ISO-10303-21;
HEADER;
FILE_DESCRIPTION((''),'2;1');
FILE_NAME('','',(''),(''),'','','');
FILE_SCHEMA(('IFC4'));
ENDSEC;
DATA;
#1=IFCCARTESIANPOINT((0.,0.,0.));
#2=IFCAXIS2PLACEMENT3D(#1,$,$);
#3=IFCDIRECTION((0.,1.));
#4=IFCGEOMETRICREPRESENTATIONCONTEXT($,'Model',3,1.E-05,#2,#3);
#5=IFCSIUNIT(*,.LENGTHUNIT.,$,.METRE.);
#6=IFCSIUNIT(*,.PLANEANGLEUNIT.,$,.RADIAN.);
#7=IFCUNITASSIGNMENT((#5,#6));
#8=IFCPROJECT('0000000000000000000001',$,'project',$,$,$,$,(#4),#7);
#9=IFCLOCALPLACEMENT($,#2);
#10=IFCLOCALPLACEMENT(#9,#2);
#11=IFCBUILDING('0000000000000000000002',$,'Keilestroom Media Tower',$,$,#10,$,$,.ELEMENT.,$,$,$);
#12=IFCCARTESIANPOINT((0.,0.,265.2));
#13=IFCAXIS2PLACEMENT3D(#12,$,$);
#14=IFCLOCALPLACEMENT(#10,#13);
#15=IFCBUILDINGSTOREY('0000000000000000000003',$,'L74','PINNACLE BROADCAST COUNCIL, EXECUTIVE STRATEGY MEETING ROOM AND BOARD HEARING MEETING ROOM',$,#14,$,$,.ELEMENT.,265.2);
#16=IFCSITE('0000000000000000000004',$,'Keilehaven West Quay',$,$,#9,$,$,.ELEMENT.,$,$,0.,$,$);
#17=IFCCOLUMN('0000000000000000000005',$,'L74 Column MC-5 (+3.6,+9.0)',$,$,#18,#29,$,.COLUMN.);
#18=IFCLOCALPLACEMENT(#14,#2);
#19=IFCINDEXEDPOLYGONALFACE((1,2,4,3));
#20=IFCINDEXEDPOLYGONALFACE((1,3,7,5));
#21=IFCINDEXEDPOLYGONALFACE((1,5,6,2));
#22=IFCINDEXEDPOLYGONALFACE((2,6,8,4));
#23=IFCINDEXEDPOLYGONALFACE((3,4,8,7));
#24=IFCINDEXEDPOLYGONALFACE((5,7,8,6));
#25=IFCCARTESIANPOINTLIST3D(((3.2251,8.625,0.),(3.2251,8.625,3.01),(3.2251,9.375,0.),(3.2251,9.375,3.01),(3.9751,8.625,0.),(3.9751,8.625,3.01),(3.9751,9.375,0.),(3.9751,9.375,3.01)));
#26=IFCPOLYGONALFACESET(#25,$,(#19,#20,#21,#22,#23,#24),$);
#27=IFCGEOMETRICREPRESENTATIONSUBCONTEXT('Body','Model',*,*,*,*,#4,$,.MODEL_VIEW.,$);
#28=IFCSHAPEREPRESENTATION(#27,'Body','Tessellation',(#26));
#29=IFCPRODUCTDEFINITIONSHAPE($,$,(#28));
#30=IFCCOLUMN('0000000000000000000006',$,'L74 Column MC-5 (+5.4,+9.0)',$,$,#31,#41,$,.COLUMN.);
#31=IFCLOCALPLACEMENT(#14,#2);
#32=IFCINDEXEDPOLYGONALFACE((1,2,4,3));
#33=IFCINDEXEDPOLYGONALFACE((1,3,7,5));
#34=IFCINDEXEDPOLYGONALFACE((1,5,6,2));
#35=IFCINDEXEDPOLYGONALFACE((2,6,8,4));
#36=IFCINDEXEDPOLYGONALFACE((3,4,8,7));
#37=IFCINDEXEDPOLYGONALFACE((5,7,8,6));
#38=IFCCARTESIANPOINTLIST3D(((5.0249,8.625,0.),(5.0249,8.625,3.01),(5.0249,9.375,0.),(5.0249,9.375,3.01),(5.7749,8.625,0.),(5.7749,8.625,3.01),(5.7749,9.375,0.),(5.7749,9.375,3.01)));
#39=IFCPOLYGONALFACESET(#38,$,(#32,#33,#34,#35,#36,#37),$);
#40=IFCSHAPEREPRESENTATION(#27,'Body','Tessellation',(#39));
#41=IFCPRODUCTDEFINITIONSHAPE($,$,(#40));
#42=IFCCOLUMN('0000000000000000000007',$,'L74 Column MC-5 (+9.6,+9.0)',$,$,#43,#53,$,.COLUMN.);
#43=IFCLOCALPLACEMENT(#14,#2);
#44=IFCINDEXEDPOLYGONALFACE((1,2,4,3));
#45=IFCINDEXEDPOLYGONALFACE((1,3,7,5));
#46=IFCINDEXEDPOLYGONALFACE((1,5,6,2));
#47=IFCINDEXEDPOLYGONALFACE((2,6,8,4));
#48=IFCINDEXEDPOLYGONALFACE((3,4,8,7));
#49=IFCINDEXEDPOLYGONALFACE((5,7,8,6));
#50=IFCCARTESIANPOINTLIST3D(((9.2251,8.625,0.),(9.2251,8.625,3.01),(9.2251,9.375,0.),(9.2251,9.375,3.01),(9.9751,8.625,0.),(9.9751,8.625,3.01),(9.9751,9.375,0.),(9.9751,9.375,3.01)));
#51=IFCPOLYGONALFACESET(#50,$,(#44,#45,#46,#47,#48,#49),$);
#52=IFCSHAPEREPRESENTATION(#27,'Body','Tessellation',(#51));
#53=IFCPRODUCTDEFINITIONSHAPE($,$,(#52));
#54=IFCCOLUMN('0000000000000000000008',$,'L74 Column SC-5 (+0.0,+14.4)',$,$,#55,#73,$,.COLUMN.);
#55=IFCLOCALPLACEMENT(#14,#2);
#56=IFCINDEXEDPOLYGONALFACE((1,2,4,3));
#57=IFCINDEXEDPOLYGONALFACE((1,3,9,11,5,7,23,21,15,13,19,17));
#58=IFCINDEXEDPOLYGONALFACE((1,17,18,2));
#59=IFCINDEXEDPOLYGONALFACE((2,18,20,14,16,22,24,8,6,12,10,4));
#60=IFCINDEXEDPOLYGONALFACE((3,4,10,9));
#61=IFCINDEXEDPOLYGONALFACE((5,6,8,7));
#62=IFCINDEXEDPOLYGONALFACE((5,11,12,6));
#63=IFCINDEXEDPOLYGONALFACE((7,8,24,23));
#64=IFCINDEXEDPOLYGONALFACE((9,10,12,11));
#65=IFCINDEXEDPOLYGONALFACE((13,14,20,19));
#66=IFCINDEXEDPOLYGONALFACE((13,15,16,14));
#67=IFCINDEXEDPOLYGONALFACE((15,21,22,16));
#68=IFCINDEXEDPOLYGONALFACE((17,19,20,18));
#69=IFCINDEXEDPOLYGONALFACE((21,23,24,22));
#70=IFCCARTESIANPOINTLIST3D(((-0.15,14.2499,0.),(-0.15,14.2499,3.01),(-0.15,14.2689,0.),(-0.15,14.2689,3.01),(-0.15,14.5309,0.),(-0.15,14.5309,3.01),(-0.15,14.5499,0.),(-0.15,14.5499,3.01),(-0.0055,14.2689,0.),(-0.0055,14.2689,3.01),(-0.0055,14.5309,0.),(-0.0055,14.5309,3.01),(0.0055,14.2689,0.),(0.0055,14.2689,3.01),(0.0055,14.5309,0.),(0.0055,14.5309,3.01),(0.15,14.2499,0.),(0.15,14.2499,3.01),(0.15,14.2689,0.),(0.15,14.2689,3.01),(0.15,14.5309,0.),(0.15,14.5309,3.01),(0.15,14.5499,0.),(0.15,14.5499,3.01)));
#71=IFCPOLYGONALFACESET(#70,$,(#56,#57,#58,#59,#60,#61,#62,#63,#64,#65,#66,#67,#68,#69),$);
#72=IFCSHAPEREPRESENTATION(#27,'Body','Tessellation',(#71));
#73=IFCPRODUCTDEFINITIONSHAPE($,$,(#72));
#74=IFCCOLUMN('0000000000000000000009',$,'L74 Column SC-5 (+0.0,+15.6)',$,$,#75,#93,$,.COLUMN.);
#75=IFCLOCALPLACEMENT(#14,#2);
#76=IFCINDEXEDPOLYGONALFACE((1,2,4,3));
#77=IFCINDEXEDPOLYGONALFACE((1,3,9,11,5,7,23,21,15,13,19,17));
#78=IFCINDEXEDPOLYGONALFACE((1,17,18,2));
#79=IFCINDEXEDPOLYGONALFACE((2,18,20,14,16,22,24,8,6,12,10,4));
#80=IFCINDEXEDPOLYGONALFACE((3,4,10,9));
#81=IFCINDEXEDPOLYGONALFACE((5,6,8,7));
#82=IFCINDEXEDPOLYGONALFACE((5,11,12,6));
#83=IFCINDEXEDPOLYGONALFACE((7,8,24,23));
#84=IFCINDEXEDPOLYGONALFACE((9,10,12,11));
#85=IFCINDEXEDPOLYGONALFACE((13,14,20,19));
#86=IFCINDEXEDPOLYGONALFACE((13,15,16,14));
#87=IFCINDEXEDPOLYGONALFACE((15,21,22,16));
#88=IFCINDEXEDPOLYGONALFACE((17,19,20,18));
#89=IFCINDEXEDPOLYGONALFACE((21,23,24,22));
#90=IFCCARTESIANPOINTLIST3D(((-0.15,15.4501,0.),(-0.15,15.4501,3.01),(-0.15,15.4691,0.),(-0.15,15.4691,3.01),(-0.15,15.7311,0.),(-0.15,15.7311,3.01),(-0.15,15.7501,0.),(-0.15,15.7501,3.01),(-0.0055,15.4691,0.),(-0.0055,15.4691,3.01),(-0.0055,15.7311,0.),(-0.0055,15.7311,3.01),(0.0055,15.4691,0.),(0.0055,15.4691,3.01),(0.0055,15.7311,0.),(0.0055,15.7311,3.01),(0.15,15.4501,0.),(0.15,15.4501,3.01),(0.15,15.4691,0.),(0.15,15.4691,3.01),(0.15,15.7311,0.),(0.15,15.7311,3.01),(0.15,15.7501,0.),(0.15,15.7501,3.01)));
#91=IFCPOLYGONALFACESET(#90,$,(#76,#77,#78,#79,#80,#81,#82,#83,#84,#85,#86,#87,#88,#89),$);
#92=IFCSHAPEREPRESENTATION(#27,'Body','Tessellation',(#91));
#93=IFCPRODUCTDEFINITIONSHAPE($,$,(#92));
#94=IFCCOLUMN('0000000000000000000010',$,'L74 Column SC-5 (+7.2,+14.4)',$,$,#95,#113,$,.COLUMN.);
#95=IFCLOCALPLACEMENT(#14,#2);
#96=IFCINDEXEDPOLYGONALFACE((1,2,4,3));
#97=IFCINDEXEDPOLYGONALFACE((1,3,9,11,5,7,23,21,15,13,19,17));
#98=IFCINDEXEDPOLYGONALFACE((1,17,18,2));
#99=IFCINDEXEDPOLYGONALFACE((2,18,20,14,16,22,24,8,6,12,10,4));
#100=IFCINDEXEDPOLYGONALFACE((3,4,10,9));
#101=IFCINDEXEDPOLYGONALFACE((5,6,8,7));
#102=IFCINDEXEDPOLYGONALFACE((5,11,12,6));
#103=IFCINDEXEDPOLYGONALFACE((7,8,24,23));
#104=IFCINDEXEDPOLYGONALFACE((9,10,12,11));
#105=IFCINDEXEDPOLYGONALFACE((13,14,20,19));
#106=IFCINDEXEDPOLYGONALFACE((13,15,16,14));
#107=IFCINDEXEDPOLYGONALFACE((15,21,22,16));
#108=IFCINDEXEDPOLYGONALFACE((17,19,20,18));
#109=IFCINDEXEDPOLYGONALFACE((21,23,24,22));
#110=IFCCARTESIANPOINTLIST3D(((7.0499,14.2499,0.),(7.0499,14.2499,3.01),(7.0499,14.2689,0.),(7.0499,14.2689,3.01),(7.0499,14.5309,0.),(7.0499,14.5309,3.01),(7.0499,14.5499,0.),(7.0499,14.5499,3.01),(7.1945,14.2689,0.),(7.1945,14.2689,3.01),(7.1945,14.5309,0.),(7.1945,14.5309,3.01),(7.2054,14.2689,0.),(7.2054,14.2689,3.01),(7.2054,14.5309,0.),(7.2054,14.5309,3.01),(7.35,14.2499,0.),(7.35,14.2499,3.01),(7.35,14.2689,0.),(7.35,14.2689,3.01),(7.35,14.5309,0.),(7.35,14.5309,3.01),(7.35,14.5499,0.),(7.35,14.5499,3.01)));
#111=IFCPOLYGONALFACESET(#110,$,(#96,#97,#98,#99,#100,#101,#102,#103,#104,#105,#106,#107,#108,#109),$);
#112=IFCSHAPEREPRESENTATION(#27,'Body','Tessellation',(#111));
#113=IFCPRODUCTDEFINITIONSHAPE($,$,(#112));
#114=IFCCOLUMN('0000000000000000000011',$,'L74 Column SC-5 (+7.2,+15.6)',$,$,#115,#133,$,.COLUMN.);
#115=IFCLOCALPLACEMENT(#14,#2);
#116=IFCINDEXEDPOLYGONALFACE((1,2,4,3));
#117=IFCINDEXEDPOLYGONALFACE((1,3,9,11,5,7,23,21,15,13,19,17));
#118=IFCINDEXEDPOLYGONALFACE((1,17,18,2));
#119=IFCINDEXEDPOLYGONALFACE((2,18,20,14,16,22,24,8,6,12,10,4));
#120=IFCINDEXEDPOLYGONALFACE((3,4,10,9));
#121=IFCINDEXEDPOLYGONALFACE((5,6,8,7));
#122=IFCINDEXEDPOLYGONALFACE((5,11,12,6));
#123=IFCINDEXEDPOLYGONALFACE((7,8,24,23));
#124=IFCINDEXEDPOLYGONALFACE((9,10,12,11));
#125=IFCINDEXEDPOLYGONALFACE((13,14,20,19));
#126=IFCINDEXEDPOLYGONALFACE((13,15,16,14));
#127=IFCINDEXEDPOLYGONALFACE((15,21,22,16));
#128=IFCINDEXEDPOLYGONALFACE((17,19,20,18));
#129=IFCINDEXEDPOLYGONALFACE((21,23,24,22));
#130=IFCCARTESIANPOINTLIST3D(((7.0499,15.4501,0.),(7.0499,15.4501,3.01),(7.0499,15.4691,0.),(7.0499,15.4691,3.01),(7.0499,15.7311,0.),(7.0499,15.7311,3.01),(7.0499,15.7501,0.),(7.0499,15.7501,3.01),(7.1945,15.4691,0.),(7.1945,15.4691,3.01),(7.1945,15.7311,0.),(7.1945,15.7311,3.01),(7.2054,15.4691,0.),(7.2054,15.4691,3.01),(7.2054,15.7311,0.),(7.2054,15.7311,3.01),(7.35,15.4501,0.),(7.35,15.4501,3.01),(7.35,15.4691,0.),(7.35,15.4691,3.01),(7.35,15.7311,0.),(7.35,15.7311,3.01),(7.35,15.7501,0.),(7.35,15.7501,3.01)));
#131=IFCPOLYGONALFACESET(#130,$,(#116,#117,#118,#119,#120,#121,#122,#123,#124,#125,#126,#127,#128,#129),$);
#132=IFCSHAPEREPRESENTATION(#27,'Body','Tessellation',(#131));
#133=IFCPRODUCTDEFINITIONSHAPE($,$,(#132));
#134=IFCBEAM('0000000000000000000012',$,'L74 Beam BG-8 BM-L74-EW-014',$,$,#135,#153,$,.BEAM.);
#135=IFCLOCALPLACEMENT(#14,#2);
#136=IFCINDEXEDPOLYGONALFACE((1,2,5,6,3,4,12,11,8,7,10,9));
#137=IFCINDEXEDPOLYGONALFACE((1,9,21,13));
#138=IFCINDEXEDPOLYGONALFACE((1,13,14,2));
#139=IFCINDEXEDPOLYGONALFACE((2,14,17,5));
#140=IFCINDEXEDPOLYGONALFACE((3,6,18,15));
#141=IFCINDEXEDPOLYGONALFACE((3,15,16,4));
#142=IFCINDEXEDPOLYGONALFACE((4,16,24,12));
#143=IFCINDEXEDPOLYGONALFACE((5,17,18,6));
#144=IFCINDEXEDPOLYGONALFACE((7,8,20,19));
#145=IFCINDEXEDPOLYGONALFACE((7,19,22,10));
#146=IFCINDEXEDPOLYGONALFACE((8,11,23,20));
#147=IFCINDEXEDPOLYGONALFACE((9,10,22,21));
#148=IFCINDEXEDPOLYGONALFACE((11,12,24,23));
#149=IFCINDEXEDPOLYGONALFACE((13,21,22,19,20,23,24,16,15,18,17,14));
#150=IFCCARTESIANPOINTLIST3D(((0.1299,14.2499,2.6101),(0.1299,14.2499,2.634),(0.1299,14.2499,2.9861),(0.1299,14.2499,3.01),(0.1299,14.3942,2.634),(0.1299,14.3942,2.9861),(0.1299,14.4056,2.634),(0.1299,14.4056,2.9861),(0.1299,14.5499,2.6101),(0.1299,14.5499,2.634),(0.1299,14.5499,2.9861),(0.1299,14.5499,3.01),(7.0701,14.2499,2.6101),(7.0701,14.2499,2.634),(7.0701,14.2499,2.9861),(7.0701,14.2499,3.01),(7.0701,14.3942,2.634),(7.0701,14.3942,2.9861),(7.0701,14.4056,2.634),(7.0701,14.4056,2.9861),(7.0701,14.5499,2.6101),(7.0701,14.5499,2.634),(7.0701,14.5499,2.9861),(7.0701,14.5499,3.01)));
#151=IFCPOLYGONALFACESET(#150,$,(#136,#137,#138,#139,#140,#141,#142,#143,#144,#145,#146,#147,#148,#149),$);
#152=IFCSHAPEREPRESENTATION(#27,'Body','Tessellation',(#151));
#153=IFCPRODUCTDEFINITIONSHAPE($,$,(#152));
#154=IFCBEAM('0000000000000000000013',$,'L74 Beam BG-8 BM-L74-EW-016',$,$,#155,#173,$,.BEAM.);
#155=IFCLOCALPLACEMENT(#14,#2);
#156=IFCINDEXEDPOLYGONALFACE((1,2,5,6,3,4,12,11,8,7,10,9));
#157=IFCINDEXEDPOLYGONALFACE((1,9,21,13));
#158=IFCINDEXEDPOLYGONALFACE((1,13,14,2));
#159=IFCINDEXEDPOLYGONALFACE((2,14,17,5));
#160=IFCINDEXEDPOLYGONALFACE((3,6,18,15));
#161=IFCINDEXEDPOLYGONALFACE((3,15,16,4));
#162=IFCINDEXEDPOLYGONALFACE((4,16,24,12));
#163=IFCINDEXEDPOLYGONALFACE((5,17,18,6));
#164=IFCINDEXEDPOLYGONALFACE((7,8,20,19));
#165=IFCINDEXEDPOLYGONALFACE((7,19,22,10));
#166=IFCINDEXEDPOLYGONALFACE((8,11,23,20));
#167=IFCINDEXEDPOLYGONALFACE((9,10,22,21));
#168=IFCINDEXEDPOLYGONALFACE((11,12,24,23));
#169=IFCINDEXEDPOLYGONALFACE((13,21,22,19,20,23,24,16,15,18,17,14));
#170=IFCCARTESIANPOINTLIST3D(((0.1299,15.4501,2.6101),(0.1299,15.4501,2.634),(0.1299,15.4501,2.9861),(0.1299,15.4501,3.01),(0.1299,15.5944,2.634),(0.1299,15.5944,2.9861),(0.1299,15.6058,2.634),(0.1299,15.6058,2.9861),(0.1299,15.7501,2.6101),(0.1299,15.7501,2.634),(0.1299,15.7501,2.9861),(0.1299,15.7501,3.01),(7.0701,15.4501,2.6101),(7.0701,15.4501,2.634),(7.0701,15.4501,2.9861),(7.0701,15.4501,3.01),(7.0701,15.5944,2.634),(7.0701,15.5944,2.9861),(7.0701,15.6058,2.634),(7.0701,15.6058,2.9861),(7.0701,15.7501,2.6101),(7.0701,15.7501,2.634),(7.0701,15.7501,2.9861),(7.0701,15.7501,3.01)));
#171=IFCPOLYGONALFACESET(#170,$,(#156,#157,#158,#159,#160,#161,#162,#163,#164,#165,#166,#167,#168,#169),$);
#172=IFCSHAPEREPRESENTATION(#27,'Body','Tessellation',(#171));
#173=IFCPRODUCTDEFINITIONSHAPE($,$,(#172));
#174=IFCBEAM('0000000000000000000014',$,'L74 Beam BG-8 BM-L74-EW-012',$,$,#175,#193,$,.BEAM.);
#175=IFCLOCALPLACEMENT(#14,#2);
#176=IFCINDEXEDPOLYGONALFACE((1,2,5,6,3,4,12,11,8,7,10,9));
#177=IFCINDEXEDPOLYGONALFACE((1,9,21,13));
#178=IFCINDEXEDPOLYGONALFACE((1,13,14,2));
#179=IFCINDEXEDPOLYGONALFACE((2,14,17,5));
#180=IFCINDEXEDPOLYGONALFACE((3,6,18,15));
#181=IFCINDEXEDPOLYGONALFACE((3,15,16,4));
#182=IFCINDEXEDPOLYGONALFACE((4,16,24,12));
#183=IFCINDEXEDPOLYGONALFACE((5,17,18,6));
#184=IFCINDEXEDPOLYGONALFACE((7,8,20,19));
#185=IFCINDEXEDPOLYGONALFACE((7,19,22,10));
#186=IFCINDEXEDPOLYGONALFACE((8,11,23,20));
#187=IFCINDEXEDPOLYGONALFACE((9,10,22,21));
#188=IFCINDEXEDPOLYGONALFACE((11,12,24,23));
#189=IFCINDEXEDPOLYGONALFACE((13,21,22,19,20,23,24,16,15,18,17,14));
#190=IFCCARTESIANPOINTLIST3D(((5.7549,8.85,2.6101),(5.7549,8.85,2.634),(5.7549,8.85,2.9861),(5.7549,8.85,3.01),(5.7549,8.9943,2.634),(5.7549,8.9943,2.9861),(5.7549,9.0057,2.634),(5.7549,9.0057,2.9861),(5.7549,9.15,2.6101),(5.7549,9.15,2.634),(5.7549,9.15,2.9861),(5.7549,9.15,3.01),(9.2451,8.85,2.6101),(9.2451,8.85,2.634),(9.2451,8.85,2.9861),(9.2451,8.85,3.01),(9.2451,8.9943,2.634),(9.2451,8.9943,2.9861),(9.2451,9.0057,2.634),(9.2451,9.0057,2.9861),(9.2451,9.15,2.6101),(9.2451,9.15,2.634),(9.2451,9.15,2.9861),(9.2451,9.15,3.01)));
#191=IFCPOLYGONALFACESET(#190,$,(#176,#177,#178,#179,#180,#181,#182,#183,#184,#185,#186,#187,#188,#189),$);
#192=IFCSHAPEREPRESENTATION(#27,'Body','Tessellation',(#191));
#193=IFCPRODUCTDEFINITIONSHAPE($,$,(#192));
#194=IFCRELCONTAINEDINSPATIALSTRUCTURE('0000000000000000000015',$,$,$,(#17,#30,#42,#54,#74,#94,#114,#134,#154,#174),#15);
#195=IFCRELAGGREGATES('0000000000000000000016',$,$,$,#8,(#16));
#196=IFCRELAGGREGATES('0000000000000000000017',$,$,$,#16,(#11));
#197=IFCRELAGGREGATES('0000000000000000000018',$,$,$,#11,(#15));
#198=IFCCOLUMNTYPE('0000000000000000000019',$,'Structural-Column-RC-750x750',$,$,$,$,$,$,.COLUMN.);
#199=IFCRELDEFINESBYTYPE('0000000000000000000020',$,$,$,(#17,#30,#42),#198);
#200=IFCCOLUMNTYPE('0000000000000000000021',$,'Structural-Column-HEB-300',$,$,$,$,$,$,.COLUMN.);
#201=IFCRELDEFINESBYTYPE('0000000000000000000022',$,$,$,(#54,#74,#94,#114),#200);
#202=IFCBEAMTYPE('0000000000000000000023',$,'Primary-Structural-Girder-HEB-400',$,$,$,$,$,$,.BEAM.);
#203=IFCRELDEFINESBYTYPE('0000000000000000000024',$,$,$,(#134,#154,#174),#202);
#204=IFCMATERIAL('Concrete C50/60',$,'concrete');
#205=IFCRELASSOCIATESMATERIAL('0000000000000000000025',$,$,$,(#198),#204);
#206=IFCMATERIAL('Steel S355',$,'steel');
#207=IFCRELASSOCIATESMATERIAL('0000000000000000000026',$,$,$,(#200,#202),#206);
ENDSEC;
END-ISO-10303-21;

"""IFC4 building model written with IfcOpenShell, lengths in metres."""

from ifc_helpers import new_model, si_unit, direction, frame, origin, origin_2d, place, context, subcontext, project, spatial, rectangle, i_section, extrude, source, transform, mapped, material, material_profile, profile_set, type_object, element, save


model = new_model("IFC4")

# Units and contexts
model_context = context("Model", 3, precision=1e-05, world=origin(), true_north=direction((0.0, 1.0)))
body_context = subcontext(model_context, "Body", "Model", "MODEL_VIEW")
ifc_project = project(units=[si_unit("LENGTHUNIT", "METRE"), si_unit("PLANEANGLEUNIT", "RADIAN")], contexts=[model_context])

# Site, building, storey
site_placement = place(None, origin())
site = spatial("IfcSite", under=ifc_project, at=site_placement, Name="Keilehaven West Quay", CompositionType="ELEMENT", RefElevation=0.0)
building_placement = place(site_placement, origin())
building = spatial("IfcBuilding", under=site, at=building_placement, Name="Keilestroom Media Tower", CompositionType="ELEMENT")
storey_placement = place(building_placement, frame((0.0, 0.0, 265.2)))
storey = spatial("IfcBuildingStorey", under=building, at=storey_placement, Name="L74", Description="PINNACLE BROADCAST COUNCIL, EXECUTIVE STRATEGY MEETING ROOM AND BOARD HEARING MEETING ROOM", CompositionType="ELEMENT", Elevation=265.2)

# Columns
ifc_material_1 = material(Name="Concrete C50/60", Category="concrete")
ifc_material_profile_1 = material_profile(ifc_material_1, rectangle(XDim=0.75, YDim=0.75, at=origin_2d()), Name="RC 750x750")
ifc_profile_set_1 = profile_set([ifc_material_profile_1], Name="Concrete C50/60")
column_type_1 = type_object("IfcColumnType", Name="Structural-Column-RC-750x750", PredefinedType="COLUMN", material=ifc_profile_set_1)
shared_shape_1 = source(origin(), body_context, "Body", "SweptSolid", [
    extrude(rectangle(XDim=0.75, YDim=0.75, at=origin_2d()), origin(), (0.0, 0.0, 1.0), 3.01),
])
for number, where, z_axis, x_axis, name in (
    (1, (3.6001, 9.0, 0.0), (0.0, 0.0, 1.0), (1.0, 0.0, 0.0), "L74 Column MC-5 (+3.6,+9.0)"),
    (2, (5.3999, 9.0, 0.0), (0.0, 0.0, 1.0), (1.0, 0.0, 0.0), "L74 Column MC-5 (+5.4,+9.0)"),
    (3, (9.6001, 9.0, 0.0), (0.0, 0.0, 1.0), (1.0, 0.0, 0.0), "L74 Column MC-5 (+9.6,+9.0)"),
):
    element("IfcColumn", number, at=place(storey_placement, frame(where, z_axis=z_axis, x_axis=x_axis)), inside=storey, type_object=column_type_1, Name=name, PredefinedType="COLUMN", context=body_context, shape_type="MappedRepresentation", body=[
        mapped(shared_shape_1, transform((0.0, 0.0, 0.0), x_axis=(1.0, 0.0, 0.0), y_axis=(0.0, 1.0, 0.0), z_axis=(0.0, 0.0, 1.0), scale=1.0)),
    ])
ifc_material_2 = material(Name="Steel S355", Category="steel")
ifc_material_profile_2 = material_profile(ifc_material_2, i_section(OverallWidth=0.3, OverallDepth=0.3, WebThickness=0.011, FlangeThickness=0.019, at=origin_2d()), Name="HEB 300")
ifc_profile_set_2 = profile_set([ifc_material_profile_2], Name="Steel S355")
column_type_2 = type_object("IfcColumnType", Name="Structural-Column-HEB-300", PredefinedType="COLUMN", material=ifc_profile_set_2)
shared_shape_2 = source(origin(), body_context, "Body", "SweptSolid", [
    extrude(i_section(OverallWidth=0.3, OverallDepth=0.3, WebThickness=0.011, FlangeThickness=0.019, at=origin_2d()), origin(), (0.0, 0.0, 1.0), 3.01),
])
for number, where, z_axis, x_axis, name in (
    (4, (0.0, 14.3999, 0.0), (0.0, 0.0, 1.0), (1.0, 0.0, 0.0), "L74 Column SC-5 (+0.0,+14.4)"),
    (5, (0.0, 15.6001, 0.0), (0.0, 0.0, 1.0), (1.0, 0.0, 0.0), "L74 Column SC-5 (+0.0,+15.6)"),
    (6, (7.2, 14.3999, 0.0), (0.0, 0.0, 1.0), (1.0, 0.0, 0.0), "L74 Column SC-5 (+7.2,+14.4)"),
    (7, (7.2, 15.6001, 0.0), (0.0, 0.0, 1.0), (1.0, 0.0, 0.0), "L74 Column SC-5 (+7.2,+15.6)"),
):
    element("IfcColumn", number, at=place(storey_placement, frame(where, z_axis=z_axis, x_axis=x_axis)), inside=storey, type_object=column_type_2, Name=name, PredefinedType="COLUMN", context=body_context, shape_type="MappedRepresentation", body=[
        mapped(shared_shape_2, transform((0.0, 0.0, 0.0), x_axis=(1.0, 0.0, 0.0), y_axis=(0.0, 1.0, 0.0), z_axis=(0.0, 0.0, 1.0), scale=1.0)),
    ])

# Beams
ifc_material_profile_3 = material_profile(ifc_material_2, i_section(OverallWidth=0.3, OverallDepth=0.3999, WebThickness=0.0115, FlangeThickness=0.0239, at=origin_2d()), Name="HEB 400")
ifc_profile_set_3 = profile_set([ifc_material_profile_3], Name="Steel S355")
beam_type = type_object("IfcBeamType", Name="Primary-Structural-Girder-HEB-400", PredefinedType="BEAM", material=ifc_profile_set_3)
shared_shape_3 = source(origin(), body_context, "Body", "SweptSolid", [
    extrude(i_section(OverallWidth=0.3, OverallDepth=0.3999, WebThickness=0.0115, FlangeThickness=0.0239, at=origin_2d()), origin(), (0.0, 0.0, 1.0), 6.9402),
])
for number, where, z_axis, x_axis, name in (
    (8, (0.1299, 14.3999, 2.8101), (1.0, 0.0, 0.0), (0.0, 1.0, 0.0), "L74 Beam BG-8 BM-L74-EW-014"),
    (9, (0.1299, 15.6001, 2.8101), (1.0, 0.0, 0.0), (0.0, 1.0, 0.0), "L74 Beam BG-8 BM-L74-EW-016"),
):
    element("IfcBeam", number, at=place(storey_placement, frame(where, z_axis=z_axis, x_axis=x_axis)), inside=storey, type_object=beam_type, Name=name, PredefinedType="BEAM", context=body_context, shape_type="MappedRepresentation", body=[
        mapped(shared_shape_3, transform((0.0, 0.0, 0.0), x_axis=(1.0, 0.0, 0.0), y_axis=(0.0, 1.0, 0.0), z_axis=(0.0, 0.0, 1.0), scale=1.0)),
    ])
shared_shape_4 = source(origin(), body_context, "Body", "SweptSolid", [
    extrude(i_section(OverallWidth=0.3, OverallDepth=0.3999, WebThickness=0.0115, FlangeThickness=0.0239, at=origin_2d()), origin(), (0.0, 0.0, 1.0), 3.4902),
])
beam_1_placement = place(storey_placement, frame((5.7549, 9.0, 2.8101), z_axis=(1.0, 0.0, 0.0), x_axis=(0.0, 1.0, 0.0)))
element("IfcBeam", 10, at=beam_1_placement, inside=storey, type_object=beam_type, Name="L74 Beam BG-8 BM-L74-EW-012", PredefinedType="BEAM", context=body_context, shape_type="MappedRepresentation", body=[
    mapped(shared_shape_4, transform((0.0, 0.0, 0.0), x_axis=(1.0, 0.0, 0.0), y_axis=(0.0, 1.0, 0.0), z_axis=(0.0, 0.0, 1.0), scale=1.0)),
])

save(model, "model.ifc")
